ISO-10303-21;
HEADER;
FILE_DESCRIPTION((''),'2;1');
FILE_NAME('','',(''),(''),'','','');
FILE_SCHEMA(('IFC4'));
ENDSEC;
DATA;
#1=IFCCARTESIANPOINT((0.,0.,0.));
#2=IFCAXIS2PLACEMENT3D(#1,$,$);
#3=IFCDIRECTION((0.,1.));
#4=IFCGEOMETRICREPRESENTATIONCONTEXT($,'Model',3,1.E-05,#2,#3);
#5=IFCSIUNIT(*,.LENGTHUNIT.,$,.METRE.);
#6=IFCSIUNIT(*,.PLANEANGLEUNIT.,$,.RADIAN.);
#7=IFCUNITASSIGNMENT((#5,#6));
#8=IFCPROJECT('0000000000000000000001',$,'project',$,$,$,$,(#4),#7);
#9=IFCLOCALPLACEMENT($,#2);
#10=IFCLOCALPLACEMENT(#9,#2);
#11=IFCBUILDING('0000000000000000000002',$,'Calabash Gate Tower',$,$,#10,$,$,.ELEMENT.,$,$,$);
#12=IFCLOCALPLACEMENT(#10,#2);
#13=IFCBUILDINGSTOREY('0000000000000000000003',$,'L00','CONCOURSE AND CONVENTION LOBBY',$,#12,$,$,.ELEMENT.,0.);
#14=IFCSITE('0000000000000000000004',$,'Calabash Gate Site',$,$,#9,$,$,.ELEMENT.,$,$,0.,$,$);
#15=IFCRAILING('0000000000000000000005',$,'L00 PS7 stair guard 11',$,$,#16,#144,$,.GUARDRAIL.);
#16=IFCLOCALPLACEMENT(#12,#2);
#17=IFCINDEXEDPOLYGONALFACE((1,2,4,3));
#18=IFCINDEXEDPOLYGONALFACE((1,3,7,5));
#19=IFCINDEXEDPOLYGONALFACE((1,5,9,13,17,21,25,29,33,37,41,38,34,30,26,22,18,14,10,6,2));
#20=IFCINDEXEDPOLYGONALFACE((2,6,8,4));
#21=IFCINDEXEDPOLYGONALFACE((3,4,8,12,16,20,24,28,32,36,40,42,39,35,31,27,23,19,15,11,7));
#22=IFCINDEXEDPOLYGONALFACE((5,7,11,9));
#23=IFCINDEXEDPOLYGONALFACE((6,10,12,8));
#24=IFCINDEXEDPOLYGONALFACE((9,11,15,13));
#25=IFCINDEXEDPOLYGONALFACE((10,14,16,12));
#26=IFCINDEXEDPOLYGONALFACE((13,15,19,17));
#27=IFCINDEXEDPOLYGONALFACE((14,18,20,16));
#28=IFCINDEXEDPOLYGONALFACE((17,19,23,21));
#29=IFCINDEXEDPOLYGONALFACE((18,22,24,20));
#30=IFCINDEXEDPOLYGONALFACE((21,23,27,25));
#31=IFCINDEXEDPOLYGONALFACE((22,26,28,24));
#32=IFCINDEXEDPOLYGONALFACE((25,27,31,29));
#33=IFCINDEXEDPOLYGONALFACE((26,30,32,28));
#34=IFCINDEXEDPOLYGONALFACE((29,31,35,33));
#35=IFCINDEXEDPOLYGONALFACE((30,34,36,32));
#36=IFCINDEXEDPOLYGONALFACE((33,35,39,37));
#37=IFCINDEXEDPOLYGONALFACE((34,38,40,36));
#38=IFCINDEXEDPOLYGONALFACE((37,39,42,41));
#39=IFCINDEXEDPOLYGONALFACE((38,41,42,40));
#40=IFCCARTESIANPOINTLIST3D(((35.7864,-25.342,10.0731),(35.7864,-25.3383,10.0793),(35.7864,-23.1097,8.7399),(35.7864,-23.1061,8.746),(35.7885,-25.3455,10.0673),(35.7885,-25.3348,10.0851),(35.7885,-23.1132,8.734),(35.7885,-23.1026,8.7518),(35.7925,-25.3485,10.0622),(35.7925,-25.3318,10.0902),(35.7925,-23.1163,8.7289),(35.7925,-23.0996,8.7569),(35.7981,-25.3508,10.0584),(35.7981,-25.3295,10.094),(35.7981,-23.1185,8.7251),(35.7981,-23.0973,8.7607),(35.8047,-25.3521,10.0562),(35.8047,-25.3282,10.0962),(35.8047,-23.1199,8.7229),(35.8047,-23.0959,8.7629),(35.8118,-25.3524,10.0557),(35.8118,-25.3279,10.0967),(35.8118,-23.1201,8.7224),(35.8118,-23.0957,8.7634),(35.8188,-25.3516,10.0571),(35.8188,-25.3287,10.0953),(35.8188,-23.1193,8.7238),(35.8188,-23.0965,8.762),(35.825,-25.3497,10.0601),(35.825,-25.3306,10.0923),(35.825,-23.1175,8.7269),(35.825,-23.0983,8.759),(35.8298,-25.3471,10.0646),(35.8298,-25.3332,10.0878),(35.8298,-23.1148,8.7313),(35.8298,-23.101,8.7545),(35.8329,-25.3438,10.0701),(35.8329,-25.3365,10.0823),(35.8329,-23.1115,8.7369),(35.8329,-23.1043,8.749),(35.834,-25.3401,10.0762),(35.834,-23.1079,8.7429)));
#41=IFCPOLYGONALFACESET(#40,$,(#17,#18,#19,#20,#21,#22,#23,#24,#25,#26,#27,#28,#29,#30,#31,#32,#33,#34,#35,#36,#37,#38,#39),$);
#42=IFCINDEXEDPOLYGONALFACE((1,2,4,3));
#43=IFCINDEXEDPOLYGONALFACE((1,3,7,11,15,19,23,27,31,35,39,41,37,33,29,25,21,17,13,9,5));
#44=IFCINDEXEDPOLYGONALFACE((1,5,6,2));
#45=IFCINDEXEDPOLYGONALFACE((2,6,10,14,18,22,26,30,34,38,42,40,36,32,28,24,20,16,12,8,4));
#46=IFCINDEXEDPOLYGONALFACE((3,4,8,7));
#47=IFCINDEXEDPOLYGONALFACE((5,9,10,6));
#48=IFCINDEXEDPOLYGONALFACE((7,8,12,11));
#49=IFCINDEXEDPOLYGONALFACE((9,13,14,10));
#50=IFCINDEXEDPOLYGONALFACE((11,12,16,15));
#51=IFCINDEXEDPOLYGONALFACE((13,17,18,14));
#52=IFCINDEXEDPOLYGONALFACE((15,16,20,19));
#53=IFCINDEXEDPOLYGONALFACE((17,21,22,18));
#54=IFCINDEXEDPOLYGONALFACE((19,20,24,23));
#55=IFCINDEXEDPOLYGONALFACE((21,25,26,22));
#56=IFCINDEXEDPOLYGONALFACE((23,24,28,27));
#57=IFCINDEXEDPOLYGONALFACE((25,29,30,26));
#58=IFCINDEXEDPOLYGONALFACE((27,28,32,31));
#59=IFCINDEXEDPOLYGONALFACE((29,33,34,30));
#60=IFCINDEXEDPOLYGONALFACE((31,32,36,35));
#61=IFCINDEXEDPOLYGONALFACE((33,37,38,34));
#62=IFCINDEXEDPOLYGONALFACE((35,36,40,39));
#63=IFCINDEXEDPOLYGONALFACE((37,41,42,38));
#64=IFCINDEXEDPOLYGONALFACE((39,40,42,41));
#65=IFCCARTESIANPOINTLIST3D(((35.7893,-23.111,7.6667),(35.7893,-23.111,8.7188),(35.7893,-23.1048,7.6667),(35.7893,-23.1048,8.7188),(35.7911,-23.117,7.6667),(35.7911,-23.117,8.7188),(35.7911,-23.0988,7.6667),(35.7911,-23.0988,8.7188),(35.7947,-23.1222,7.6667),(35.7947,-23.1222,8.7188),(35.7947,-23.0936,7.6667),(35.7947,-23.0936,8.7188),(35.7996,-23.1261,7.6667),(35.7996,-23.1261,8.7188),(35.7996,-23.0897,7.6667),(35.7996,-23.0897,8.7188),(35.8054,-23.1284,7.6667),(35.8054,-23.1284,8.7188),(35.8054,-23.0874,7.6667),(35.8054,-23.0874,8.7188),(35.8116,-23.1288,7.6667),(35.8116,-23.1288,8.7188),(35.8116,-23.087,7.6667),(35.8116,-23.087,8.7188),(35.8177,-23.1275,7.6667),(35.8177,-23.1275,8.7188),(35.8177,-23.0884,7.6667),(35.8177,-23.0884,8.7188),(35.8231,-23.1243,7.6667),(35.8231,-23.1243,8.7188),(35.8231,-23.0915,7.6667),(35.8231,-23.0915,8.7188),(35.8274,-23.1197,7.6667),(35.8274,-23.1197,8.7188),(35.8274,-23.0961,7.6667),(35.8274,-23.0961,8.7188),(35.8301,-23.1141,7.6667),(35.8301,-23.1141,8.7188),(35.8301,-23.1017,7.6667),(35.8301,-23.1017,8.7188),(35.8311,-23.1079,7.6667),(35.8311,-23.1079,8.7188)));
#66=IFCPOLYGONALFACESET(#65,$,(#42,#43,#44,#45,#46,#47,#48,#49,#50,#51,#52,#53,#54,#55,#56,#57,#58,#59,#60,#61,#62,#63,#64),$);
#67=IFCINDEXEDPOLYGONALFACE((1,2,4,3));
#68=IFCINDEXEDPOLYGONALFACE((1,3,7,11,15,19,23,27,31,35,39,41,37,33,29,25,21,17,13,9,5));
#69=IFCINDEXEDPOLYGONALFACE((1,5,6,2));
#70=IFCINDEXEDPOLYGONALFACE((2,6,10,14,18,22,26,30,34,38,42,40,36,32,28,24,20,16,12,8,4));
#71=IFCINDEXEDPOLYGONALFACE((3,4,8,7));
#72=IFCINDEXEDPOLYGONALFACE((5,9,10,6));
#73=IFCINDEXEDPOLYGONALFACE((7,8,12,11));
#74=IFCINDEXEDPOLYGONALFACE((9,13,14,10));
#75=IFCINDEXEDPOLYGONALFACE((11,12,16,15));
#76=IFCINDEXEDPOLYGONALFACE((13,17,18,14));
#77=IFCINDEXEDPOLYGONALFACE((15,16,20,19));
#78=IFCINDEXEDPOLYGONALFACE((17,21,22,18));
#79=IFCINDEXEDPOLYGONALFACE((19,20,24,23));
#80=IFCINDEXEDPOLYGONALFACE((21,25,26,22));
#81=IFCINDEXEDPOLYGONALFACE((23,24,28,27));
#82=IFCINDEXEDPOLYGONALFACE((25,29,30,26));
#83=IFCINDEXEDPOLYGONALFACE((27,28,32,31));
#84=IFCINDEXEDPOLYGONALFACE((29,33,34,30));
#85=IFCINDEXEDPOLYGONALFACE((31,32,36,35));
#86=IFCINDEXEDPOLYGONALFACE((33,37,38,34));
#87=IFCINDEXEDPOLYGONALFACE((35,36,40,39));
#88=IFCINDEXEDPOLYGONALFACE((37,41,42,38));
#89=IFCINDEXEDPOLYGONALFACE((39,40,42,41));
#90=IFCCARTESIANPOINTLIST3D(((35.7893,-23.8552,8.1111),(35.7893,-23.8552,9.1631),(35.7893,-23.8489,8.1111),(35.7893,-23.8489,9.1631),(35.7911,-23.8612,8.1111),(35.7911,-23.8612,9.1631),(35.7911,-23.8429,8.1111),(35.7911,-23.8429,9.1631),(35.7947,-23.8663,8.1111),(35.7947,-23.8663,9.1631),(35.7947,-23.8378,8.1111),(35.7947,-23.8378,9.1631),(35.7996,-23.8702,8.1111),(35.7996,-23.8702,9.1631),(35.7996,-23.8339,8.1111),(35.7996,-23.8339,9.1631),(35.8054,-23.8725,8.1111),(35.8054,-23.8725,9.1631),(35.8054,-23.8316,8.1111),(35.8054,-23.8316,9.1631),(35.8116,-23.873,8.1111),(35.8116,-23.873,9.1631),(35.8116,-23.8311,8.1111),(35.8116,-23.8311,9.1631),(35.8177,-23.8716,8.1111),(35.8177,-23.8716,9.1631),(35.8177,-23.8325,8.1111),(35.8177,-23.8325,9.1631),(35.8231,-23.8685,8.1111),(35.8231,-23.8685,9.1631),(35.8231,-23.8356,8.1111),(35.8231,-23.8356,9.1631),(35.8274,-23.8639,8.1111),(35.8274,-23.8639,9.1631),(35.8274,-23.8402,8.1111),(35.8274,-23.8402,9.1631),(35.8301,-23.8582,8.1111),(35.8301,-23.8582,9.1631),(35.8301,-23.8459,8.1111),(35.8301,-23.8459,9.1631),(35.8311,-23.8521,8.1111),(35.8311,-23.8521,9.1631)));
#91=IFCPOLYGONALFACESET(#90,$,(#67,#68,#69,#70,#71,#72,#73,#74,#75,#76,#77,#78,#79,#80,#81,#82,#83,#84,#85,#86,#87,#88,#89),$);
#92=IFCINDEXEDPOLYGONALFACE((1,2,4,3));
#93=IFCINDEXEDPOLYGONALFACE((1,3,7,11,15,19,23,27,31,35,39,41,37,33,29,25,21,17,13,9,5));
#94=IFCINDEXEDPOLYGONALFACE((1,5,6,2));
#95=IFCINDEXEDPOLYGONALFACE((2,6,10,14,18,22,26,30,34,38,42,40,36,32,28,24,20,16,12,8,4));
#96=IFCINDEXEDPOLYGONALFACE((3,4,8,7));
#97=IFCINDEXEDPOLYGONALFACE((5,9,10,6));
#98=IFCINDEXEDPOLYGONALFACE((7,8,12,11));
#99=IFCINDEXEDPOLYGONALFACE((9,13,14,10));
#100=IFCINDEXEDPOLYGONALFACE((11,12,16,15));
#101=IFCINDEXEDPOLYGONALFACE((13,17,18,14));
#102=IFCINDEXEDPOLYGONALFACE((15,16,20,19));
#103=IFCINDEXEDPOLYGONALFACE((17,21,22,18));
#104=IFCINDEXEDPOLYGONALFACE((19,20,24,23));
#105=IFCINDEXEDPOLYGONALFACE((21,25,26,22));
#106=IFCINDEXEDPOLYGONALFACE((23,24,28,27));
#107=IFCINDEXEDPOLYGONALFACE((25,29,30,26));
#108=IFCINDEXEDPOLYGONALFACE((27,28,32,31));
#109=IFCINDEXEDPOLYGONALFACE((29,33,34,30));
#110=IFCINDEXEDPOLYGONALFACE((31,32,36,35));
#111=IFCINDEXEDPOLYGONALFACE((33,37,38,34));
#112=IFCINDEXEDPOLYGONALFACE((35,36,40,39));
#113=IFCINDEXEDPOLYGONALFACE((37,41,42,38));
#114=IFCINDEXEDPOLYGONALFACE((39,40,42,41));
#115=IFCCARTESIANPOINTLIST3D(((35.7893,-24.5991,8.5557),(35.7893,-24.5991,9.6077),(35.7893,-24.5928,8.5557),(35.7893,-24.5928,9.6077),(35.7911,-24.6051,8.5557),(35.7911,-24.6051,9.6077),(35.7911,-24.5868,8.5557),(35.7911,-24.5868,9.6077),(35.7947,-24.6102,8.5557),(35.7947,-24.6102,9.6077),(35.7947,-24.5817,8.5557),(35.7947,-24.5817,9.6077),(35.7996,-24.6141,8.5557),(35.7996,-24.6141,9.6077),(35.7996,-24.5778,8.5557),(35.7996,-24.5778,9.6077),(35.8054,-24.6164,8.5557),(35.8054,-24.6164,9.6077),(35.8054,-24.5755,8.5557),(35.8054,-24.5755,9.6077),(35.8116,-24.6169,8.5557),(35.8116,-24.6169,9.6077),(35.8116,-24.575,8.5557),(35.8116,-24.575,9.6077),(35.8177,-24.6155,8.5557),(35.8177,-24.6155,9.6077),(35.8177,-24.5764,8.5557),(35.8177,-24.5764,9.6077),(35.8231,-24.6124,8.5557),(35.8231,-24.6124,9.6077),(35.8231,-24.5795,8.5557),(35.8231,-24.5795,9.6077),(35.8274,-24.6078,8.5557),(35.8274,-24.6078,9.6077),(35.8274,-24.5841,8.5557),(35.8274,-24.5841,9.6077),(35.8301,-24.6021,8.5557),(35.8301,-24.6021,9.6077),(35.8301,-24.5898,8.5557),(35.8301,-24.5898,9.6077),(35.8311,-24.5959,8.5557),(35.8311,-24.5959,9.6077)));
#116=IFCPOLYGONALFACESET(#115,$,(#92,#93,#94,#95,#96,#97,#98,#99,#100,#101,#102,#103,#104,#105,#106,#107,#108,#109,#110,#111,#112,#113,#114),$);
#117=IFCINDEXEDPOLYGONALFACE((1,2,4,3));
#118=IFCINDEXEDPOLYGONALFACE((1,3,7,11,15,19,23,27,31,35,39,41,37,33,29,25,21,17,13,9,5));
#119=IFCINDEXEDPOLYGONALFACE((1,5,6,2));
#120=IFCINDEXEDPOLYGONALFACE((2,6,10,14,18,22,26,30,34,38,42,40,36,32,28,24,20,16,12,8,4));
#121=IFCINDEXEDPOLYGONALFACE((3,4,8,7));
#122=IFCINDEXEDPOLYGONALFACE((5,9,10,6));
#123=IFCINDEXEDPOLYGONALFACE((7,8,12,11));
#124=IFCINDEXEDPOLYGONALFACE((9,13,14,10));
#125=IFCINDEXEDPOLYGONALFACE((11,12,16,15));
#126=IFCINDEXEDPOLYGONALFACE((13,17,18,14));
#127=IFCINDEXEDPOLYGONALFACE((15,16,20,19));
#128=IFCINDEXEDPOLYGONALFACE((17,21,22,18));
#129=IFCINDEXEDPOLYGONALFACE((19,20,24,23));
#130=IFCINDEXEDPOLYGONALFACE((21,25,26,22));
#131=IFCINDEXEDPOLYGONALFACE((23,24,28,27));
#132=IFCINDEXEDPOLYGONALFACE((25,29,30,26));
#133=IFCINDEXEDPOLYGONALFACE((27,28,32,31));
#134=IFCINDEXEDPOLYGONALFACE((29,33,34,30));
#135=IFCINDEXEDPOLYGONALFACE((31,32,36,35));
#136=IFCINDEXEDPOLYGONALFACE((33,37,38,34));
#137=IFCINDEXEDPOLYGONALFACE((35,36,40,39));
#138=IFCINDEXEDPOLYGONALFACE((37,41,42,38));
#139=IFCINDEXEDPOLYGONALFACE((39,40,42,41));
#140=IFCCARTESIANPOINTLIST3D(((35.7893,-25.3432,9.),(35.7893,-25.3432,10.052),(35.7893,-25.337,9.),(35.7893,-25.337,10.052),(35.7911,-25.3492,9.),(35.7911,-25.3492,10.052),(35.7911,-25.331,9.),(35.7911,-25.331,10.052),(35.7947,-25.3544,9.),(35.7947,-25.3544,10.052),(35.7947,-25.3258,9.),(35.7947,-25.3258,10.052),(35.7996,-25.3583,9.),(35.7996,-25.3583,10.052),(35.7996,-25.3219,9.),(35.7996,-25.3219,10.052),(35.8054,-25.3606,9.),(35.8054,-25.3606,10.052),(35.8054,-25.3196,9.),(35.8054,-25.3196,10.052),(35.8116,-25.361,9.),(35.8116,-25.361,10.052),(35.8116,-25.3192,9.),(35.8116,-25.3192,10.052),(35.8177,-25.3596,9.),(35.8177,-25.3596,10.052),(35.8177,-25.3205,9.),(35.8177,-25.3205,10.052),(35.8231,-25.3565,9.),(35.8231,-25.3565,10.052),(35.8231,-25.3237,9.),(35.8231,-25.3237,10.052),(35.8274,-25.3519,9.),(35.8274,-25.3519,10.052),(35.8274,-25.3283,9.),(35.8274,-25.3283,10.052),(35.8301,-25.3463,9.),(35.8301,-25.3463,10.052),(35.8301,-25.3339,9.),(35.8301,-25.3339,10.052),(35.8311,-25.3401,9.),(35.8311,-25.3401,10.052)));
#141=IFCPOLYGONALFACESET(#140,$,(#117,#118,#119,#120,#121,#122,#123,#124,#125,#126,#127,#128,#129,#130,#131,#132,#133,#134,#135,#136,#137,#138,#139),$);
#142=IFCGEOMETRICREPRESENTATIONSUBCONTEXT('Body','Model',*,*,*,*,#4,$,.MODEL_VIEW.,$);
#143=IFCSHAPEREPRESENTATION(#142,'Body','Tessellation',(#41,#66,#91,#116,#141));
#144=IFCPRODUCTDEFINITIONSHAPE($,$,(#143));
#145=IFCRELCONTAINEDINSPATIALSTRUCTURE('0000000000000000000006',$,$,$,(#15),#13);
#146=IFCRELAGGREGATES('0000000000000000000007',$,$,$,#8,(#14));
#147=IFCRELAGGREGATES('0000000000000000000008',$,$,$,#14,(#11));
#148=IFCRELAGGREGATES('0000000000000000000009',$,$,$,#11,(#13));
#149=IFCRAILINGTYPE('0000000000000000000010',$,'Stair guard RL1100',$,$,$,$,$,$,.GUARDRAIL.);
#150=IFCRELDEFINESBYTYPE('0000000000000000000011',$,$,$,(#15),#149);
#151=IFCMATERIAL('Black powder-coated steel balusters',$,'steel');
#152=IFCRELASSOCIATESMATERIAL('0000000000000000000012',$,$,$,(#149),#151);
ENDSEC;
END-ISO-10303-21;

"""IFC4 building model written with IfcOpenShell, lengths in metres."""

from ifc_helpers import new_model, si_unit, direction, frame, origin, origin_2d, place, context, subcontext, project, spatial, circle, extrude, material, type_object, element, save


model = new_model("IFC4")

# Units and contexts
model_context = context("Model", 3, precision=1e-05, world=origin(), true_north=direction((0.0, 1.0)))
body_context = subcontext(model_context, "Body", "Model", "MODEL_VIEW")
ifc_project = project(units=[si_unit("LENGTHUNIT", "METRE"), si_unit("PLANEANGLEUNIT", "RADIAN")], contexts=[model_context])

# Site, building, storey
site_placement = place(None, origin())
site = spatial("IfcSite", under=ifc_project, at=site_placement, Name="Calabash Gate Site", CompositionType="ELEMENT", RefElevation=0.0)
building_placement = place(site_placement, origin())
building = spatial("IfcBuilding", under=site, at=building_placement, Name="Calabash Gate Tower", CompositionType="ELEMENT")
storey_placement = place(building_placement, origin())
storey = spatial("IfcBuildingStorey", under=building, at=storey_placement, Name="L00", Description="CONCOURSE AND CONVENTION LOBBY", CompositionType="ELEMENT", Elevation=0.0)

# Railing
ifc_material_1 = material(Name="Black powder-coated steel balusters", Category="steel")
railing_type_1 = type_object("IfcRailingType", Name="Stair guard RL1100", PredefinedType="GUARDRAIL", material=ifc_material_1)
railing_1_placement = place(storey_placement, frame((35.8101, -23.1079, 7.6667)))
element("IfcRailing", 1, at=railing_1_placement, inside=storey, type_object=railing_type_1, Name="L00 PS7 stair guard 11", PredefinedType="GUARDRAIL", context=body_context, shape_type="SweptSolid", body=[
    extrude(circle(Radius=0.0239, at=origin_2d()), frame((0.0, 0.0, 1.0762), z_axis=(0.0, -0.858519, 0.512782), x_axis=(1.0, 0.0, 0.0)), (0.0, 0.0, 1.0), 2.6001),
    extrude(circle(Radius=0.021, at=origin_2d()), origin(), (0.0, 0.0, 1.0), 1.052),
    extrude(circle(Radius=0.021, at=origin_2d()), frame((0.0, -0.7441, 0.4443)), (0.0, 0.0, 1.0), 1.052),
    extrude(circle(Radius=0.021, at=origin_2d()), frame((0.0, -1.488, 0.8889)), (0.0, 0.0, 1.0), 1.052),
    extrude(circle(Radius=0.021, at=origin_2d()), frame((0.0, -2.2322, 1.3333)), (0.0, 0.0, 1.0), 1.052),
])

save(model, "model.ifc")
